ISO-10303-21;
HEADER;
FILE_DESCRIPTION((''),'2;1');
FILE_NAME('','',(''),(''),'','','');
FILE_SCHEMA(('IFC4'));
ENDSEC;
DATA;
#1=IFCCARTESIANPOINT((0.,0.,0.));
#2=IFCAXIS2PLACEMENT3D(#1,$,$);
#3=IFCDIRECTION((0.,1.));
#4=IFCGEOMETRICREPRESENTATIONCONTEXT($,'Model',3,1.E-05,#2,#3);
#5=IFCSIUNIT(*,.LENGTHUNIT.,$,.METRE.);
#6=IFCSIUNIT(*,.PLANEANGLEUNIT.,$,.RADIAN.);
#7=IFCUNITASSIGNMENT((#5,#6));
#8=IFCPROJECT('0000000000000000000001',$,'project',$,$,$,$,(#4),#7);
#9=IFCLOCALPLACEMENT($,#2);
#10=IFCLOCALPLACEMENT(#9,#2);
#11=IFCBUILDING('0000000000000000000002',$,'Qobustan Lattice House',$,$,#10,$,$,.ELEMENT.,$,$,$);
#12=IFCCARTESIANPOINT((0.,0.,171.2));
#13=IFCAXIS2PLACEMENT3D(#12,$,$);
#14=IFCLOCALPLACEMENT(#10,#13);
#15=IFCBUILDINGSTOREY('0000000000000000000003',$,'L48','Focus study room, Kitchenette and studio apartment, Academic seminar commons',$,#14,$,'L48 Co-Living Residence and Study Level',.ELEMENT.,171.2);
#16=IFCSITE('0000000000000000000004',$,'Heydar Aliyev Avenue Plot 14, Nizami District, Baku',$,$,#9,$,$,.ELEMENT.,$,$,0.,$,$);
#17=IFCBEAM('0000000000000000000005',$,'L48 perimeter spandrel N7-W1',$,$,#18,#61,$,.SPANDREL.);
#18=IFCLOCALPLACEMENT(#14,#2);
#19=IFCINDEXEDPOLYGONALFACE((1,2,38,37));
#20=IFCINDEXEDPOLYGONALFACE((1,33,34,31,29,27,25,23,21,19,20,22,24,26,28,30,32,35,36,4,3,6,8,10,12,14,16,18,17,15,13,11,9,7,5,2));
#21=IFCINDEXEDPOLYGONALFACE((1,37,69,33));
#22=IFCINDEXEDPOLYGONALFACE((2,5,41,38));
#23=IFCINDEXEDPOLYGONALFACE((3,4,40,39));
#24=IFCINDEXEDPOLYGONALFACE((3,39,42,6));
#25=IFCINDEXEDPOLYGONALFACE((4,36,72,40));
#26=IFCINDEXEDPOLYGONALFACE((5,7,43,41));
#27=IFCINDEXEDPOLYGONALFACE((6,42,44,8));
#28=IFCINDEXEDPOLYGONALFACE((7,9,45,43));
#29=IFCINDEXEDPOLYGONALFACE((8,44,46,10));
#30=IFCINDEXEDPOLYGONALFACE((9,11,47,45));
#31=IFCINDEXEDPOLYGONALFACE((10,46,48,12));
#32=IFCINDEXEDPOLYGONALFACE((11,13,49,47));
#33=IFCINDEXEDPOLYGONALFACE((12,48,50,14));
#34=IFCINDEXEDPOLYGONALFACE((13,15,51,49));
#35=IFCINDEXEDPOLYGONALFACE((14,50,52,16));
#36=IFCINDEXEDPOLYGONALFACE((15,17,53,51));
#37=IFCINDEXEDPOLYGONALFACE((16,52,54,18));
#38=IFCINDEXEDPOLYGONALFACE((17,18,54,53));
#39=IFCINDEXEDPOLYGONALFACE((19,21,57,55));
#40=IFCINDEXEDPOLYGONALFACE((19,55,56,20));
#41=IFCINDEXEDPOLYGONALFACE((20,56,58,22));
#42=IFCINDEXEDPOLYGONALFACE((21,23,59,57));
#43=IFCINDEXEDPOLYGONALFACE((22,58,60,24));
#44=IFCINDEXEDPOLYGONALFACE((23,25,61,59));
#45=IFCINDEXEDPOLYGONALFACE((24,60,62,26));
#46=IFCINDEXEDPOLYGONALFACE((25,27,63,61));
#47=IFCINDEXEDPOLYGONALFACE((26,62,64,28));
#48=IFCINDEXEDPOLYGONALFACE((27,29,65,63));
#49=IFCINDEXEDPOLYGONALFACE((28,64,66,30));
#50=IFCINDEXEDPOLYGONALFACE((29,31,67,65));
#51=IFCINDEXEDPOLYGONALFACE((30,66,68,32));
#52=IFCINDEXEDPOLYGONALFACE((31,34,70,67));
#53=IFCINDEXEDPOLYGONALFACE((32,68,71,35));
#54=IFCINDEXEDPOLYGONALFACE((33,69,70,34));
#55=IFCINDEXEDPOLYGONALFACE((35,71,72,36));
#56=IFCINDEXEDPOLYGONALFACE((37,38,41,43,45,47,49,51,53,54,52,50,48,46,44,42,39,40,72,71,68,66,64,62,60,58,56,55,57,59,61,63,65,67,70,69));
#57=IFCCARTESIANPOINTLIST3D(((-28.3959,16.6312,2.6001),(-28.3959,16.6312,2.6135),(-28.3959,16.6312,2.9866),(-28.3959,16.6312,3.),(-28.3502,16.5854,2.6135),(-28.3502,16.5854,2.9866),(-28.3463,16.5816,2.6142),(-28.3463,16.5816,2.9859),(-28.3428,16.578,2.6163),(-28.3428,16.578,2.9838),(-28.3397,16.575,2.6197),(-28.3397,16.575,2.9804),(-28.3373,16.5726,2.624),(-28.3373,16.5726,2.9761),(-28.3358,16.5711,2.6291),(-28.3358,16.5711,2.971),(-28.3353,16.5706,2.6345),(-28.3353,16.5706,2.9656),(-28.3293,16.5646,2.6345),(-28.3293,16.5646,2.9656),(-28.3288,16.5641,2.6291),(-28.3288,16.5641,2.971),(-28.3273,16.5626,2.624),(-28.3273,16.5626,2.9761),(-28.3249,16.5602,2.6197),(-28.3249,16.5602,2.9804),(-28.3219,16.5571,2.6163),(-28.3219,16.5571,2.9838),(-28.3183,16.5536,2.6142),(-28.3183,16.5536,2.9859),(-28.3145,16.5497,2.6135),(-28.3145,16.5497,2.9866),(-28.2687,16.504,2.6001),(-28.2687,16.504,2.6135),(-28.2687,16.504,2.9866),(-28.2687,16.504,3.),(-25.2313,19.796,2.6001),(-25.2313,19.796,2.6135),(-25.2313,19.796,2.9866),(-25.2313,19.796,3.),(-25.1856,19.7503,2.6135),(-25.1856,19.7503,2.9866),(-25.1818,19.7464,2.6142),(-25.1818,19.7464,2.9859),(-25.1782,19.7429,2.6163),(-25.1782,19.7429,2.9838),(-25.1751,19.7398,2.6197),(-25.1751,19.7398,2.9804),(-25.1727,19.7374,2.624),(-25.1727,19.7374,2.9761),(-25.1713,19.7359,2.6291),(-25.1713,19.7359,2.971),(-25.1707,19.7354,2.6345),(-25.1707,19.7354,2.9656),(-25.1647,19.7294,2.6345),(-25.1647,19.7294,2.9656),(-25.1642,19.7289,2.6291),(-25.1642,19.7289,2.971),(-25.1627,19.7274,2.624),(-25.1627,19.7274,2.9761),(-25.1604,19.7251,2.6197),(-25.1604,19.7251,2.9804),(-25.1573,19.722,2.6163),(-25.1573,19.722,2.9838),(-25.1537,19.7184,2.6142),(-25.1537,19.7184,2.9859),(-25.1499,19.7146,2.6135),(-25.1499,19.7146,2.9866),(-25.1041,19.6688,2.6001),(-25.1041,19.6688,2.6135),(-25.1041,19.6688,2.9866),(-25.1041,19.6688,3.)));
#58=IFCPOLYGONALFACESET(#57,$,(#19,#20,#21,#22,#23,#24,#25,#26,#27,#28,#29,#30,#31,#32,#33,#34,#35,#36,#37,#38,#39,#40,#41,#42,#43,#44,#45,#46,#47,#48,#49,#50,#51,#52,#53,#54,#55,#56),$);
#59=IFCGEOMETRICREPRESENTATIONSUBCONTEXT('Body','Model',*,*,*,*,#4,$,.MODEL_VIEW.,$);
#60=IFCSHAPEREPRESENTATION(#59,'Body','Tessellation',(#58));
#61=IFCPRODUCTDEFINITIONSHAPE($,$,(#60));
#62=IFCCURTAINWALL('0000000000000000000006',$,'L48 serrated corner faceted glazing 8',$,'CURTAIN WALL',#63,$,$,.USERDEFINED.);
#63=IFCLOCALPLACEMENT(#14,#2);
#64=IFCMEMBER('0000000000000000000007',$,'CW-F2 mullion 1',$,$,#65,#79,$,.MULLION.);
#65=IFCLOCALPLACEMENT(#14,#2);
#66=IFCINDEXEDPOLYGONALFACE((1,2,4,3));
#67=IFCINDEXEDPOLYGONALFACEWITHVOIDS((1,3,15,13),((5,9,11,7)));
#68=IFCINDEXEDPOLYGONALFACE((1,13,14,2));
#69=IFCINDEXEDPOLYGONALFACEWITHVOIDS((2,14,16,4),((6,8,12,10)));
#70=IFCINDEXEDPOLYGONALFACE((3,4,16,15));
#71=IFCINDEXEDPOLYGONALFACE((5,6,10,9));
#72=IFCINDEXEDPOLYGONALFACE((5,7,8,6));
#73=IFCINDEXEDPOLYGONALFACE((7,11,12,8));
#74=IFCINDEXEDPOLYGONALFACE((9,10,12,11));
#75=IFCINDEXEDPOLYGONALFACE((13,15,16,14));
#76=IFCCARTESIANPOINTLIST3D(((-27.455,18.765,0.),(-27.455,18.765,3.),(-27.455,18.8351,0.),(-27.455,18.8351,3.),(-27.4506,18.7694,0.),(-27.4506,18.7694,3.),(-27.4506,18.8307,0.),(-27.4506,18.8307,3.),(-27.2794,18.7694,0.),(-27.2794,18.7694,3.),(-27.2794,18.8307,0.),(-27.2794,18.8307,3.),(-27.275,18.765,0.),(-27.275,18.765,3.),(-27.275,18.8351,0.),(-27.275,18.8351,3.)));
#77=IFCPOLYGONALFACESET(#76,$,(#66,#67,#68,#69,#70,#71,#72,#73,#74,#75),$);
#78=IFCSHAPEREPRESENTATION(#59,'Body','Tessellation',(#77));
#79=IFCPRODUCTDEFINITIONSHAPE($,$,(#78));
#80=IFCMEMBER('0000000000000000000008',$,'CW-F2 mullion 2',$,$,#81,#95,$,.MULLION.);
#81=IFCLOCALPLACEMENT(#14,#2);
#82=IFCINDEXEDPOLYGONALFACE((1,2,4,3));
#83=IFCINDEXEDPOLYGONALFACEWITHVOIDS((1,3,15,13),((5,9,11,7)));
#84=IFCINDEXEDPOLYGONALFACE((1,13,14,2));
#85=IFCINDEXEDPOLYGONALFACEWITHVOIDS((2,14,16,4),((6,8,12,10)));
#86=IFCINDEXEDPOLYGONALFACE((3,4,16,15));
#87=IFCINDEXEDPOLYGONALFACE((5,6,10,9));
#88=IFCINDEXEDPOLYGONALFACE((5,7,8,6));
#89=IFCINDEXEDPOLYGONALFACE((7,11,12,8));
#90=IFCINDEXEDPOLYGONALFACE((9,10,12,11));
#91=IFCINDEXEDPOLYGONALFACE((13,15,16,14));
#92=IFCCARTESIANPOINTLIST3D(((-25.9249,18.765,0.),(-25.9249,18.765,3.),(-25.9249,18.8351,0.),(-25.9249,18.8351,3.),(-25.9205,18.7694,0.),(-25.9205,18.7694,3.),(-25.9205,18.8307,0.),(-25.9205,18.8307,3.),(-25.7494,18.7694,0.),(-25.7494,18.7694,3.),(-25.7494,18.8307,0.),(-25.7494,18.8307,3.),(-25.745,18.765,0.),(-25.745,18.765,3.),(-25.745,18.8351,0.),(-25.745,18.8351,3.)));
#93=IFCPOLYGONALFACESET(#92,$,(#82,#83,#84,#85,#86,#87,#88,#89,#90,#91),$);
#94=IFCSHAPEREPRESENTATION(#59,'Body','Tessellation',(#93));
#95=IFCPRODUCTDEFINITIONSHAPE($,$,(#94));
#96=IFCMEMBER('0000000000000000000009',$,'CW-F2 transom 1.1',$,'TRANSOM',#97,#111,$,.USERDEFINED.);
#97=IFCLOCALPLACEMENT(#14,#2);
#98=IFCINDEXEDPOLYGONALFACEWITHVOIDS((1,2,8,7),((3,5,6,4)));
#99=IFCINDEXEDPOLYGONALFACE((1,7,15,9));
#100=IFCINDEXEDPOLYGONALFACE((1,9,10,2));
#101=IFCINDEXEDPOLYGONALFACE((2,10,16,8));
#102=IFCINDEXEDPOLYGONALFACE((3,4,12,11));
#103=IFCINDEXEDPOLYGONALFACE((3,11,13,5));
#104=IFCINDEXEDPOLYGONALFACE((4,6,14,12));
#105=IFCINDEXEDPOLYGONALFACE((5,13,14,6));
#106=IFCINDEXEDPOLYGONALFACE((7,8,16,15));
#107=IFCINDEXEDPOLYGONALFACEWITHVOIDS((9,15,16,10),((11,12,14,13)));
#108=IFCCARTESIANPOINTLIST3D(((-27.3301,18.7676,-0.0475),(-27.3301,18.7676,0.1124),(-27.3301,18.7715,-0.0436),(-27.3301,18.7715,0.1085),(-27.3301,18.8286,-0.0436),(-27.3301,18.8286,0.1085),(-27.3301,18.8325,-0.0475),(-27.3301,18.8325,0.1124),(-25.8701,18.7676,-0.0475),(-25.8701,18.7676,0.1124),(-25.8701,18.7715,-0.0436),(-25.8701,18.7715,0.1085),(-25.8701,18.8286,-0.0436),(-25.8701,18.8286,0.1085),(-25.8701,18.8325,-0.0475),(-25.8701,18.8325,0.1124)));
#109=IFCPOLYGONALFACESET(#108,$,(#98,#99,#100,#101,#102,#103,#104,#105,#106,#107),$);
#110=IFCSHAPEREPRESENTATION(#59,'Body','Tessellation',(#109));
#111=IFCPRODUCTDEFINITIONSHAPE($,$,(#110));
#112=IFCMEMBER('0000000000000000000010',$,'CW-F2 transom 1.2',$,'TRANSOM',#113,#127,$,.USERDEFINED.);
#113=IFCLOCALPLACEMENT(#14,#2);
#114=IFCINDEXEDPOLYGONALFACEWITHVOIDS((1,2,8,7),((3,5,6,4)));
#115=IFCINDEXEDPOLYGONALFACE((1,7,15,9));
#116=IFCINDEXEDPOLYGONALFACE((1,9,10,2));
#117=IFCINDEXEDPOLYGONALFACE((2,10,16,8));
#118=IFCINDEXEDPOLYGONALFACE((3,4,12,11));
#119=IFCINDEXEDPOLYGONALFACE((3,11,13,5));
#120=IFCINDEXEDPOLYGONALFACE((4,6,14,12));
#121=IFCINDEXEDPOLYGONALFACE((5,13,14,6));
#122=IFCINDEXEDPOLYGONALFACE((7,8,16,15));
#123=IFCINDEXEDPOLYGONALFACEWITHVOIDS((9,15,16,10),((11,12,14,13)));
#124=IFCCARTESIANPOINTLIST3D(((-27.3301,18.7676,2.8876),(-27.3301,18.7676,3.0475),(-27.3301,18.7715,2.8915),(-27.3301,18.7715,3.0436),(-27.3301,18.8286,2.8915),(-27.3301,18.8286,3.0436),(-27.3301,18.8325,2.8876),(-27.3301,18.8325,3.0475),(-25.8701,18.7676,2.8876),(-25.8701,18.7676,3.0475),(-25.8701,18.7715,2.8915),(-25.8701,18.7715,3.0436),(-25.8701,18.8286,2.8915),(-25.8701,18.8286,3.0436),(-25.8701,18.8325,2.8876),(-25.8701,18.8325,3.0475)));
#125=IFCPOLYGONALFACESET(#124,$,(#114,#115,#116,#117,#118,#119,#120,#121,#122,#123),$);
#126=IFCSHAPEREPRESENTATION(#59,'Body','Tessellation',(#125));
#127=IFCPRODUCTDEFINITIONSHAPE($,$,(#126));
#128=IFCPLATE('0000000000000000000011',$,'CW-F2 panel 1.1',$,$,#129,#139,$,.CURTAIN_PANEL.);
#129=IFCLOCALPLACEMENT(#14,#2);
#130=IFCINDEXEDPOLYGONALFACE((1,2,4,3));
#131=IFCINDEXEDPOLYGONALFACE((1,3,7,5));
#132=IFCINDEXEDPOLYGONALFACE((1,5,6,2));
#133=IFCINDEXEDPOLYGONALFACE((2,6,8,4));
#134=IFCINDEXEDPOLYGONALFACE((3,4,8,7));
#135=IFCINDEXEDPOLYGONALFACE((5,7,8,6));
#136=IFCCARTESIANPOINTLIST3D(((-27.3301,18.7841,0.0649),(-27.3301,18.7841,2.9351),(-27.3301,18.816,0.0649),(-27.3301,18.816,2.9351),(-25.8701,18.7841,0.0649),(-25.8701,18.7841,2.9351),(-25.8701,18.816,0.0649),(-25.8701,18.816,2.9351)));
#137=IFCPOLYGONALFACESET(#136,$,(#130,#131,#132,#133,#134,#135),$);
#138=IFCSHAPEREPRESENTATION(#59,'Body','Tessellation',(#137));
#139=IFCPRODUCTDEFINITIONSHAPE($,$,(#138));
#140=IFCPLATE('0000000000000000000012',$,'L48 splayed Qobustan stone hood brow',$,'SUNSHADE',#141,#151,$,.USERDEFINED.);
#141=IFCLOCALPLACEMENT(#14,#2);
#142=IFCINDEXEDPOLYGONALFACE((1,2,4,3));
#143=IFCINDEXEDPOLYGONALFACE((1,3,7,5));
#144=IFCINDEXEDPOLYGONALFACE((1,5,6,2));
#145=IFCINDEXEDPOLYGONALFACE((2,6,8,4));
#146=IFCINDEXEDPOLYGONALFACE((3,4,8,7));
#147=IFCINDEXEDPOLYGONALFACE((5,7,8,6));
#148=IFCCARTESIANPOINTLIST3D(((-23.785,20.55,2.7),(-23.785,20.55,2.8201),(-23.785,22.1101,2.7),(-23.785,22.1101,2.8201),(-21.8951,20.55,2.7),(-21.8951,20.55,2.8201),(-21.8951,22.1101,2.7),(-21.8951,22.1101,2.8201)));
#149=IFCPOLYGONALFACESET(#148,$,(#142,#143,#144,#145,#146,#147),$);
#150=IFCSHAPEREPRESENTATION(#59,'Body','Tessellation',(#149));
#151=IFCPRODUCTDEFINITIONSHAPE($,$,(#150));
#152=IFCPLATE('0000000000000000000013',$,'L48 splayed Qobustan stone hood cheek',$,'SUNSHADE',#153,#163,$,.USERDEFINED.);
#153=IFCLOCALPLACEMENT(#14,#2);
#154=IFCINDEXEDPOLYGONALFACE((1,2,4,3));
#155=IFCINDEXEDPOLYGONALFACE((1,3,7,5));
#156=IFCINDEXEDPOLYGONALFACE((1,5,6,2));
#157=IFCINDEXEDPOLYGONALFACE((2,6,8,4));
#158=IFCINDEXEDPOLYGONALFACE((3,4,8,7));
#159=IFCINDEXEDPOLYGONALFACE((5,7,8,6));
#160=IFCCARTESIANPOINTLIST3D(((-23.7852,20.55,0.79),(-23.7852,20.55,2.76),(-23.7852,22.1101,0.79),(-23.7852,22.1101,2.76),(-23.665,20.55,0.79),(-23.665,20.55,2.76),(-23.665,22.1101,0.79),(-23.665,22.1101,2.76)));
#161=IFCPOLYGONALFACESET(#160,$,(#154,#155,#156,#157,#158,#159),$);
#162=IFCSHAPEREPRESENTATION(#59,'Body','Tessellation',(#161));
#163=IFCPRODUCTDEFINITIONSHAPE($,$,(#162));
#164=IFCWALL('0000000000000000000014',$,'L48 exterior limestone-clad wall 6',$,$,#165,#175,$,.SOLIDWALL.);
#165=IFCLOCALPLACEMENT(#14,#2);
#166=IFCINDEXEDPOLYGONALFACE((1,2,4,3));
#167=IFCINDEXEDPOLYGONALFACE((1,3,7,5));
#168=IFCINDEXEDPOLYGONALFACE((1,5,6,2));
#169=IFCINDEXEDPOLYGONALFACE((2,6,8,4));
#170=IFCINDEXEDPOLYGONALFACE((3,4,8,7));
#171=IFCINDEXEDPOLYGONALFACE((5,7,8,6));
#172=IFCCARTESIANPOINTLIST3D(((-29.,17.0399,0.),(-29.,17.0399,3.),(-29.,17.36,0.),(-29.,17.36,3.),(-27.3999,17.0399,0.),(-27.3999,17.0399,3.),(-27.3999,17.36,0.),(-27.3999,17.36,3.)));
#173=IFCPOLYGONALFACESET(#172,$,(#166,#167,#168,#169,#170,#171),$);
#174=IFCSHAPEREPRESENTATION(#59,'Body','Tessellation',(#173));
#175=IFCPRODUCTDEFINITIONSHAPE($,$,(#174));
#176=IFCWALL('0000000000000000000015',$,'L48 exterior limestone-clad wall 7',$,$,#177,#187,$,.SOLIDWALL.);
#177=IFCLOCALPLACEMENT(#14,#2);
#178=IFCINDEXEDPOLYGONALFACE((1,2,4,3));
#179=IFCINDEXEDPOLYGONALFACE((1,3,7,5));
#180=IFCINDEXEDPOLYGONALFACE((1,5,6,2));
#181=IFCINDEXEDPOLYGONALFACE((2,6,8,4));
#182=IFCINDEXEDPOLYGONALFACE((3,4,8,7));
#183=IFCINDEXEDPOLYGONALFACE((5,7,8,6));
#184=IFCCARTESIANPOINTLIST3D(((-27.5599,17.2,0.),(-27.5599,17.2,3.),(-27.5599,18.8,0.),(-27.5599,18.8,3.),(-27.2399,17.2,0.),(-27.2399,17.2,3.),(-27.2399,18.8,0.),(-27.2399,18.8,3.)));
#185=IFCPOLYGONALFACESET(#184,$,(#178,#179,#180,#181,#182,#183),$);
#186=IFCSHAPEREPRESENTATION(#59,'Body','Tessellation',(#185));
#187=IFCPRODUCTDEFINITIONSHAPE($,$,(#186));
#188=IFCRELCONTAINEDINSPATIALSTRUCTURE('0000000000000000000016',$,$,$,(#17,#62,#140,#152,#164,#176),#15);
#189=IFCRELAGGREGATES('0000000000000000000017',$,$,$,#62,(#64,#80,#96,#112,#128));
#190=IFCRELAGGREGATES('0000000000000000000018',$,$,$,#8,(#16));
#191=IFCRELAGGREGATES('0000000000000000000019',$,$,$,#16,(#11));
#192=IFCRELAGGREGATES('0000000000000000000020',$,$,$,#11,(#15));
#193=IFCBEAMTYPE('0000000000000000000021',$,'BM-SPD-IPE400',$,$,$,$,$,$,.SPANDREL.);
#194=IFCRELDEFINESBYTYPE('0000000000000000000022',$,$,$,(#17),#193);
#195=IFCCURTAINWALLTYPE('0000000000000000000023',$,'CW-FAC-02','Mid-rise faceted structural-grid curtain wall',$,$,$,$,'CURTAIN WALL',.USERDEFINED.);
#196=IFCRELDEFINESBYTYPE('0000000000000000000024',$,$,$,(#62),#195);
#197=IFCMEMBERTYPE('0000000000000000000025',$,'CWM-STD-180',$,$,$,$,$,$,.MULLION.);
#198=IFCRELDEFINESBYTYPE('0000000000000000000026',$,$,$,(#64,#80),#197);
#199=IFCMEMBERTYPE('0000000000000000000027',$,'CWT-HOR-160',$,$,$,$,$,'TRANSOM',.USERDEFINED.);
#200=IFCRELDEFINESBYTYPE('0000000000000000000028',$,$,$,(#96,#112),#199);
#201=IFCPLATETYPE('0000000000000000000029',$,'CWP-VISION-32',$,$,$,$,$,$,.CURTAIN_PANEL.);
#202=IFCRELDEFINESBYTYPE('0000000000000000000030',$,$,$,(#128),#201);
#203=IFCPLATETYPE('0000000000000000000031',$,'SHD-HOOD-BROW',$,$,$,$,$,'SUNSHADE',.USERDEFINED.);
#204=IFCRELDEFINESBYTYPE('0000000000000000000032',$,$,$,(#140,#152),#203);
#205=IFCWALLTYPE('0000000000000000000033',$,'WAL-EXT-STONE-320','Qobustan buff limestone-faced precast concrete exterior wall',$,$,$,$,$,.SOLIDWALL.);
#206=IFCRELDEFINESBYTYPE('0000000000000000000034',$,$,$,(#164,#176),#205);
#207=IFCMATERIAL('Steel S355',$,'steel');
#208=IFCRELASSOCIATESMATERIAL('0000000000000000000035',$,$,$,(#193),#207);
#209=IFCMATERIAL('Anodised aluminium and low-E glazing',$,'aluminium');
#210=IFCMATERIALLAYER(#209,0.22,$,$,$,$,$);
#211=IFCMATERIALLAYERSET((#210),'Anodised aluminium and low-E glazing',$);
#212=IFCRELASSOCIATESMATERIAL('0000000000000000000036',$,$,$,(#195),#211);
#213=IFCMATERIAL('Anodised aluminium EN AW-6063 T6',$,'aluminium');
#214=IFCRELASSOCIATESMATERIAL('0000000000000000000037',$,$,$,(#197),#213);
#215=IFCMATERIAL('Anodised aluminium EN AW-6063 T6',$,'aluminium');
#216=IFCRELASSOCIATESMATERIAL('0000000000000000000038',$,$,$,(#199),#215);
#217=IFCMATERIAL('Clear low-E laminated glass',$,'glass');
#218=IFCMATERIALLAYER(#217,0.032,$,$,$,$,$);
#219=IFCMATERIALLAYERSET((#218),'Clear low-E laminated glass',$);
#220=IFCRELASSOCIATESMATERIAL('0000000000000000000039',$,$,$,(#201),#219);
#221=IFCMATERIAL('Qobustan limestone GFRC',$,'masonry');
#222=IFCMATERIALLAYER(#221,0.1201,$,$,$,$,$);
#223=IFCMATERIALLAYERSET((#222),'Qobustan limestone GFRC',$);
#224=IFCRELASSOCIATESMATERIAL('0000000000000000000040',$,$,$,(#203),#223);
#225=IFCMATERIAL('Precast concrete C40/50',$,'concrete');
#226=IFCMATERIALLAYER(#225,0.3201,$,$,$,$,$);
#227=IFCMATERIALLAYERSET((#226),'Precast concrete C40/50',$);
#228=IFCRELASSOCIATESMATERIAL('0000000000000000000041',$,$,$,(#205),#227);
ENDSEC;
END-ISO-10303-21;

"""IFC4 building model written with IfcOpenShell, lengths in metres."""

from ifc_helpers import new_model, si_unit, direction, frame, frame_2d, origin, origin_2d, place, context, subcontext, project, spatial, rectangle, hollow_rectangle, i_section, extrude, material, layer, layer_set, material_profile, profile_set, type_object, element, aggregate, save


model = new_model("IFC4")

# Units and contexts
model_context = context("Model", 3, precision=1e-05, world=origin(), true_north=direction((0.0, 1.0)))
body_context = subcontext(model_context, "Body", "Model", "MODEL_VIEW")
ifc_project = project(units=[si_unit("LENGTHUNIT", "METRE"), si_unit("PLANEANGLEUNIT", "RADIAN")], contexts=[model_context])

# Site, building, storey
site_placement = place(None, origin())
site = spatial("IfcSite", under=ifc_project, at=site_placement, Name="Heydar Aliyev Avenue Plot 14, Nizami District, Baku", CompositionType="ELEMENT", RefElevation=0.0)
building_placement = place(site_placement, origin())
building = spatial("IfcBuilding", under=site, at=building_placement, Name="Qobustan Lattice House", CompositionType="ELEMENT")
storey_placement = place(building_placement, frame((0.0, 0.0, 171.2)))
storey = spatial("IfcBuildingStorey", under=building, at=storey_placement, Name="L48", Description="Focus study room, Kitchenette and studio apartment, Academic seminar commons", LongName="L48 Co-Living Residence and Study Level", CompositionType="ELEMENT", Elevation=171.2)

# Beam
ifc_material_1 = material(Name="Steel S355", Category="steel")
ifc_material_profile_1 = material_profile(ifc_material_1, i_section(OverallWidth=0.1799, OverallDepth=0.3999, WebThickness=0.0085, FlangeThickness=0.0134, FilletRadius=0.021, at=origin_2d()), Name="IPE400")
ifc_profile_set_1 = profile_set([ifc_material_profile_1], Name="Steel S355")
beam_type_1 = type_object("IfcBeamType", Name="BM-SPD-IPE400", PredefinedType="SPANDREL", material=ifc_profile_set_1)
beam_1_placement = place(storey_placement, frame((-25.1677, 19.7324, 2.8), z_axis=(-0.70708, -0.707134, 0.0), x_axis=(0.707134, -0.70708, 0.0)))
element("IfcBeam", 1, at=beam_1_placement, inside=storey, type_object=beam_type_1, Name="L48 perimeter spandrel N7-W1", PredefinedType="SPANDREL", context=body_context, shape_type="SweptSolid", body=[
    extrude(i_section(OverallWidth=0.1799, OverallDepth=0.3999, WebThickness=0.0085, FlangeThickness=0.0134, FilletRadius=0.021, at=origin_2d()), origin(), (0.0, 0.0, 1.0), 4.4756),
])

# Curtain wall, members, plate
ifc_material_2 = material(Name="Anodised aluminium and low-E glazing", Category="aluminium")
ifc_layer_1 = layer(ifc_material_2, 0.22)
ifc_layer_set_1 = layer_set([ifc_layer_1], Name="Anodised aluminium and low-E glazing")
curtain_wall_type = type_object("IfcCurtainWallType", Name="CW-FAC-02", Description="Mid-rise faceted structural-grid curtain wall", ElementType="CURTAIN WALL", PredefinedType="USERDEFINED", material=ifc_layer_set_1)
curtain_wall_placement = place(storey_placement, origin())
curtain_wall = element("IfcCurtainWall", 2, at=curtain_wall_placement, inside=storey, type_object=curtain_wall_type, Name="L48 serrated corner faceted glazing 8", ObjectType="CURTAIN WALL", PredefinedType="USERDEFINED")
ifc_material_3 = material(Name="Anodised aluminium EN AW-6063 T6", Category="aluminium")
ifc_material_profile_2 = material_profile(ifc_material_3, hollow_rectangle(XDim=0.0701, YDim=0.1799, WallThickness=0.0044, at=origin_2d()), Name="CWM-180x70")
ifc_profile_set_2 = profile_set([ifc_material_profile_2], Name="Anodised aluminium EN AW-6063 T6")
member_type_1 = type_object("IfcMemberType", Name="CWM-STD-180", PredefinedType="MULLION", material=ifc_profile_set_2)
member_1_placement = place(storey_placement, frame((-27.365, 18.8, 0.0), z_axis=(0.0, 0.0, 1.0), x_axis=(0.0, 1.0, 0.0)))
member_1 = element("IfcMember", 3, at=member_1_placement, type_object=member_type_1, Name="CW-F2 mullion 1", PredefinedType="MULLION", context=body_context, shape_type="SweptSolid", body=[
    extrude(hollow_rectangle(XDim=0.0701, YDim=0.1799, WallThickness=0.0044, at=origin_2d()), origin(), (0.0, 0.0, 1.0), 3.0),
])
member_2_placement = place(storey_placement, frame((-25.835, 18.8, 0.0), z_axis=(0.0, 0.0, 1.0), x_axis=(0.0, 1.0, 0.0)))
member_2 = element("IfcMember", 4, at=member_2_placement, type_object=member_type_1, Name="CW-F2 mullion 2", PredefinedType="MULLION", context=body_context, shape_type="SweptSolid", body=[
    extrude(hollow_rectangle(XDim=0.0701, YDim=0.1799, WallThickness=0.0044, at=origin_2d()), origin(), (0.0, 0.0, 1.0), 3.0),
])
ifc_material_4 = material(Name="Anodised aluminium EN AW-6063 T6", Category="aluminium")
ifc_material_profile_3 = material_profile(ifc_material_4, hollow_rectangle(XDim=0.0649, YDim=0.1599, WallThickness=0.0039, at=origin_2d()), Name="CWT-160x65")
ifc_profile_set_3 = profile_set([ifc_material_profile_3], Name="Anodised aluminium EN AW-6063 T6")
member_type_2 = type_object("IfcMemberType", Name="CWT-HOR-160", ElementType="TRANSOM", PredefinedType="USERDEFINED", material=ifc_profile_set_3)
member_3_placement = place(storey_placement, frame((-27.3301, 18.8, 0.0325), z_axis=(1.0, 0.0, 0.0), x_axis=(0.0, 1.0, 0.0)))
member_3 = element("IfcMember", 5, at=member_3_placement, type_object=member_type_2, Name="CW-F2 transom 1.1", ObjectType="TRANSOM", PredefinedType="USERDEFINED", context=body_context, shape_type="SweptSolid", body=[
    extrude(hollow_rectangle(XDim=0.0649, YDim=0.1599, WallThickness=0.0039, at=origin_2d()), origin(), (0.0, 0.0, 1.0), 1.46),
])
member_4_placement = place(storey_placement, frame((-27.3301, 18.8, 2.9675), z_axis=(1.0, 0.0, 0.0), x_axis=(0.0, 1.0, 0.0)))
member_4 = element("IfcMember", 6, at=member_4_placement, type_object=member_type_2, Name="CW-F2 transom 1.2", ObjectType="TRANSOM", PredefinedType="USERDEFINED", context=body_context, shape_type="SweptSolid", body=[
    extrude(hollow_rectangle(XDim=0.0649, YDim=0.1599, WallThickness=0.0039, at=origin_2d()), origin(), (0.0, 0.0, 1.0), 1.46),
])
ifc_material_5 = material(Name="Clear low-E laminated glass", Category="glass")
ifc_layer_2 = layer(ifc_material_5, 0.032)
ifc_layer_set_2 = layer_set([ifc_layer_2], Name="Clear low-E laminated glass")
plate_type_1 = type_object("IfcPlateType", Name="CWP-VISION-32", PredefinedType="CURTAIN_PANEL", material=ifc_layer_set_2)
plate_1_placement = place(storey_placement, frame((-26.6001, 18.8, 0.0649), z_axis=(0.0, 0.0, 1.0), x_axis=(1.0, 0.0, 0.0)))
plate_1 = element("IfcPlate", 7, at=plate_1_placement, type_object=plate_type_1, Name="CW-F2 panel 1.1", PredefinedType="CURTAIN_PANEL", context=body_context, shape_type="SweptSolid", body=[
    extrude(rectangle(XDim=1.46, YDim=0.032, at=origin_2d()), origin(), (0.0, 0.0, 1.0), 2.8701),
])
aggregate(curtain_wall, [member_1, member_2, member_3, member_4, plate_1])

# Plates
ifc_material_6 = material(Name="Qobustan limestone GFRC", Category="masonry")
ifc_layer_3 = layer(ifc_material_6, 0.1201)
ifc_layer_set_3 = layer_set([ifc_layer_3], Name="Qobustan limestone GFRC")
plate_type_2 = type_object("IfcPlateType", Name="SHD-HOOD-BROW", ElementType="SUNSHADE", PredefinedType="USERDEFINED", material=ifc_layer_set_3)
plate_2_placement = place(storey_placement, frame((-22.8401, 21.3301, 2.7), z_axis=(0.0, 0.0, 1.0), x_axis=(1.0, 0.0, 0.0)))
element("IfcPlate", 8, at=plate_2_placement, inside=storey, type_object=plate_type_2, Name="L48 splayed Qobustan stone hood brow", ObjectType="SUNSHADE", PredefinedType="USERDEFINED", context=body_context, shape_type="SweptSolid", body=[
    extrude(rectangle(XDim=1.8899, YDim=1.5601, at=origin_2d()), origin(), (0.0, 0.0, 1.0), 0.1201),
])
plate_3_placement = place(storey_placement, frame((-23.7251, 21.3301, 0.79), z_axis=(0.0, 0.0, 1.0), x_axis=(1.0, 0.0, 0.0)))
element("IfcPlate", 9, at=plate_3_placement, inside=storey, type_object=plate_type_2, Name="L48 splayed Qobustan stone hood cheek", ObjectType="SUNSHADE", PredefinedType="USERDEFINED", context=body_context, shape_type="SweptSolid", body=[
    extrude(rectangle(XDim=0.1201, YDim=1.5601, at=origin_2d()), origin(), (0.0, 0.0, 1.0), 1.97),
])

# Walls
ifc_material_7 = material(Name="Precast concrete C40/50", Category="concrete")
ifc_layer_4 = layer(ifc_material_7, 0.3201)
ifc_layer_set_4 = layer_set([ifc_layer_4], Name="Precast concrete C40/50")
wall_type_1 = type_object("IfcWallType", Name="WAL-EXT-STONE-320", Description="Qobustan buff limestone-faced precast concrete exterior wall", PredefinedType="SOLIDWALL", material=ifc_layer_set_4)
for number, where, z_axis, x_axis, name in (
    (10, (-29.0, 17.2, 0.0), (0.0, 0.0, 1.0), (1.0, 0.0, 0.0), "L48 exterior limestone-clad wall 6"),
    (11, (-27.3999, 17.2, 0.0), (0.0, 0.0, 1.0), (0.0, 1.0, 0.0), "L48 exterior limestone-clad wall 7"),
):
    element("IfcWall", number, at=place(storey_placement, frame(where, z_axis=z_axis, x_axis=x_axis)), inside=storey, type_object=wall_type_1, Name=name, PredefinedType="SOLIDWALL", context=body_context, shape_type="SweptSolid", body=[
        extrude(rectangle(XDim=1.6001, YDim=0.3201, at=frame_2d((0.8, 0.0))), origin(), (0.0, 0.0, 1.0), 3.0),
    ])

save(model, "model.ifc")
